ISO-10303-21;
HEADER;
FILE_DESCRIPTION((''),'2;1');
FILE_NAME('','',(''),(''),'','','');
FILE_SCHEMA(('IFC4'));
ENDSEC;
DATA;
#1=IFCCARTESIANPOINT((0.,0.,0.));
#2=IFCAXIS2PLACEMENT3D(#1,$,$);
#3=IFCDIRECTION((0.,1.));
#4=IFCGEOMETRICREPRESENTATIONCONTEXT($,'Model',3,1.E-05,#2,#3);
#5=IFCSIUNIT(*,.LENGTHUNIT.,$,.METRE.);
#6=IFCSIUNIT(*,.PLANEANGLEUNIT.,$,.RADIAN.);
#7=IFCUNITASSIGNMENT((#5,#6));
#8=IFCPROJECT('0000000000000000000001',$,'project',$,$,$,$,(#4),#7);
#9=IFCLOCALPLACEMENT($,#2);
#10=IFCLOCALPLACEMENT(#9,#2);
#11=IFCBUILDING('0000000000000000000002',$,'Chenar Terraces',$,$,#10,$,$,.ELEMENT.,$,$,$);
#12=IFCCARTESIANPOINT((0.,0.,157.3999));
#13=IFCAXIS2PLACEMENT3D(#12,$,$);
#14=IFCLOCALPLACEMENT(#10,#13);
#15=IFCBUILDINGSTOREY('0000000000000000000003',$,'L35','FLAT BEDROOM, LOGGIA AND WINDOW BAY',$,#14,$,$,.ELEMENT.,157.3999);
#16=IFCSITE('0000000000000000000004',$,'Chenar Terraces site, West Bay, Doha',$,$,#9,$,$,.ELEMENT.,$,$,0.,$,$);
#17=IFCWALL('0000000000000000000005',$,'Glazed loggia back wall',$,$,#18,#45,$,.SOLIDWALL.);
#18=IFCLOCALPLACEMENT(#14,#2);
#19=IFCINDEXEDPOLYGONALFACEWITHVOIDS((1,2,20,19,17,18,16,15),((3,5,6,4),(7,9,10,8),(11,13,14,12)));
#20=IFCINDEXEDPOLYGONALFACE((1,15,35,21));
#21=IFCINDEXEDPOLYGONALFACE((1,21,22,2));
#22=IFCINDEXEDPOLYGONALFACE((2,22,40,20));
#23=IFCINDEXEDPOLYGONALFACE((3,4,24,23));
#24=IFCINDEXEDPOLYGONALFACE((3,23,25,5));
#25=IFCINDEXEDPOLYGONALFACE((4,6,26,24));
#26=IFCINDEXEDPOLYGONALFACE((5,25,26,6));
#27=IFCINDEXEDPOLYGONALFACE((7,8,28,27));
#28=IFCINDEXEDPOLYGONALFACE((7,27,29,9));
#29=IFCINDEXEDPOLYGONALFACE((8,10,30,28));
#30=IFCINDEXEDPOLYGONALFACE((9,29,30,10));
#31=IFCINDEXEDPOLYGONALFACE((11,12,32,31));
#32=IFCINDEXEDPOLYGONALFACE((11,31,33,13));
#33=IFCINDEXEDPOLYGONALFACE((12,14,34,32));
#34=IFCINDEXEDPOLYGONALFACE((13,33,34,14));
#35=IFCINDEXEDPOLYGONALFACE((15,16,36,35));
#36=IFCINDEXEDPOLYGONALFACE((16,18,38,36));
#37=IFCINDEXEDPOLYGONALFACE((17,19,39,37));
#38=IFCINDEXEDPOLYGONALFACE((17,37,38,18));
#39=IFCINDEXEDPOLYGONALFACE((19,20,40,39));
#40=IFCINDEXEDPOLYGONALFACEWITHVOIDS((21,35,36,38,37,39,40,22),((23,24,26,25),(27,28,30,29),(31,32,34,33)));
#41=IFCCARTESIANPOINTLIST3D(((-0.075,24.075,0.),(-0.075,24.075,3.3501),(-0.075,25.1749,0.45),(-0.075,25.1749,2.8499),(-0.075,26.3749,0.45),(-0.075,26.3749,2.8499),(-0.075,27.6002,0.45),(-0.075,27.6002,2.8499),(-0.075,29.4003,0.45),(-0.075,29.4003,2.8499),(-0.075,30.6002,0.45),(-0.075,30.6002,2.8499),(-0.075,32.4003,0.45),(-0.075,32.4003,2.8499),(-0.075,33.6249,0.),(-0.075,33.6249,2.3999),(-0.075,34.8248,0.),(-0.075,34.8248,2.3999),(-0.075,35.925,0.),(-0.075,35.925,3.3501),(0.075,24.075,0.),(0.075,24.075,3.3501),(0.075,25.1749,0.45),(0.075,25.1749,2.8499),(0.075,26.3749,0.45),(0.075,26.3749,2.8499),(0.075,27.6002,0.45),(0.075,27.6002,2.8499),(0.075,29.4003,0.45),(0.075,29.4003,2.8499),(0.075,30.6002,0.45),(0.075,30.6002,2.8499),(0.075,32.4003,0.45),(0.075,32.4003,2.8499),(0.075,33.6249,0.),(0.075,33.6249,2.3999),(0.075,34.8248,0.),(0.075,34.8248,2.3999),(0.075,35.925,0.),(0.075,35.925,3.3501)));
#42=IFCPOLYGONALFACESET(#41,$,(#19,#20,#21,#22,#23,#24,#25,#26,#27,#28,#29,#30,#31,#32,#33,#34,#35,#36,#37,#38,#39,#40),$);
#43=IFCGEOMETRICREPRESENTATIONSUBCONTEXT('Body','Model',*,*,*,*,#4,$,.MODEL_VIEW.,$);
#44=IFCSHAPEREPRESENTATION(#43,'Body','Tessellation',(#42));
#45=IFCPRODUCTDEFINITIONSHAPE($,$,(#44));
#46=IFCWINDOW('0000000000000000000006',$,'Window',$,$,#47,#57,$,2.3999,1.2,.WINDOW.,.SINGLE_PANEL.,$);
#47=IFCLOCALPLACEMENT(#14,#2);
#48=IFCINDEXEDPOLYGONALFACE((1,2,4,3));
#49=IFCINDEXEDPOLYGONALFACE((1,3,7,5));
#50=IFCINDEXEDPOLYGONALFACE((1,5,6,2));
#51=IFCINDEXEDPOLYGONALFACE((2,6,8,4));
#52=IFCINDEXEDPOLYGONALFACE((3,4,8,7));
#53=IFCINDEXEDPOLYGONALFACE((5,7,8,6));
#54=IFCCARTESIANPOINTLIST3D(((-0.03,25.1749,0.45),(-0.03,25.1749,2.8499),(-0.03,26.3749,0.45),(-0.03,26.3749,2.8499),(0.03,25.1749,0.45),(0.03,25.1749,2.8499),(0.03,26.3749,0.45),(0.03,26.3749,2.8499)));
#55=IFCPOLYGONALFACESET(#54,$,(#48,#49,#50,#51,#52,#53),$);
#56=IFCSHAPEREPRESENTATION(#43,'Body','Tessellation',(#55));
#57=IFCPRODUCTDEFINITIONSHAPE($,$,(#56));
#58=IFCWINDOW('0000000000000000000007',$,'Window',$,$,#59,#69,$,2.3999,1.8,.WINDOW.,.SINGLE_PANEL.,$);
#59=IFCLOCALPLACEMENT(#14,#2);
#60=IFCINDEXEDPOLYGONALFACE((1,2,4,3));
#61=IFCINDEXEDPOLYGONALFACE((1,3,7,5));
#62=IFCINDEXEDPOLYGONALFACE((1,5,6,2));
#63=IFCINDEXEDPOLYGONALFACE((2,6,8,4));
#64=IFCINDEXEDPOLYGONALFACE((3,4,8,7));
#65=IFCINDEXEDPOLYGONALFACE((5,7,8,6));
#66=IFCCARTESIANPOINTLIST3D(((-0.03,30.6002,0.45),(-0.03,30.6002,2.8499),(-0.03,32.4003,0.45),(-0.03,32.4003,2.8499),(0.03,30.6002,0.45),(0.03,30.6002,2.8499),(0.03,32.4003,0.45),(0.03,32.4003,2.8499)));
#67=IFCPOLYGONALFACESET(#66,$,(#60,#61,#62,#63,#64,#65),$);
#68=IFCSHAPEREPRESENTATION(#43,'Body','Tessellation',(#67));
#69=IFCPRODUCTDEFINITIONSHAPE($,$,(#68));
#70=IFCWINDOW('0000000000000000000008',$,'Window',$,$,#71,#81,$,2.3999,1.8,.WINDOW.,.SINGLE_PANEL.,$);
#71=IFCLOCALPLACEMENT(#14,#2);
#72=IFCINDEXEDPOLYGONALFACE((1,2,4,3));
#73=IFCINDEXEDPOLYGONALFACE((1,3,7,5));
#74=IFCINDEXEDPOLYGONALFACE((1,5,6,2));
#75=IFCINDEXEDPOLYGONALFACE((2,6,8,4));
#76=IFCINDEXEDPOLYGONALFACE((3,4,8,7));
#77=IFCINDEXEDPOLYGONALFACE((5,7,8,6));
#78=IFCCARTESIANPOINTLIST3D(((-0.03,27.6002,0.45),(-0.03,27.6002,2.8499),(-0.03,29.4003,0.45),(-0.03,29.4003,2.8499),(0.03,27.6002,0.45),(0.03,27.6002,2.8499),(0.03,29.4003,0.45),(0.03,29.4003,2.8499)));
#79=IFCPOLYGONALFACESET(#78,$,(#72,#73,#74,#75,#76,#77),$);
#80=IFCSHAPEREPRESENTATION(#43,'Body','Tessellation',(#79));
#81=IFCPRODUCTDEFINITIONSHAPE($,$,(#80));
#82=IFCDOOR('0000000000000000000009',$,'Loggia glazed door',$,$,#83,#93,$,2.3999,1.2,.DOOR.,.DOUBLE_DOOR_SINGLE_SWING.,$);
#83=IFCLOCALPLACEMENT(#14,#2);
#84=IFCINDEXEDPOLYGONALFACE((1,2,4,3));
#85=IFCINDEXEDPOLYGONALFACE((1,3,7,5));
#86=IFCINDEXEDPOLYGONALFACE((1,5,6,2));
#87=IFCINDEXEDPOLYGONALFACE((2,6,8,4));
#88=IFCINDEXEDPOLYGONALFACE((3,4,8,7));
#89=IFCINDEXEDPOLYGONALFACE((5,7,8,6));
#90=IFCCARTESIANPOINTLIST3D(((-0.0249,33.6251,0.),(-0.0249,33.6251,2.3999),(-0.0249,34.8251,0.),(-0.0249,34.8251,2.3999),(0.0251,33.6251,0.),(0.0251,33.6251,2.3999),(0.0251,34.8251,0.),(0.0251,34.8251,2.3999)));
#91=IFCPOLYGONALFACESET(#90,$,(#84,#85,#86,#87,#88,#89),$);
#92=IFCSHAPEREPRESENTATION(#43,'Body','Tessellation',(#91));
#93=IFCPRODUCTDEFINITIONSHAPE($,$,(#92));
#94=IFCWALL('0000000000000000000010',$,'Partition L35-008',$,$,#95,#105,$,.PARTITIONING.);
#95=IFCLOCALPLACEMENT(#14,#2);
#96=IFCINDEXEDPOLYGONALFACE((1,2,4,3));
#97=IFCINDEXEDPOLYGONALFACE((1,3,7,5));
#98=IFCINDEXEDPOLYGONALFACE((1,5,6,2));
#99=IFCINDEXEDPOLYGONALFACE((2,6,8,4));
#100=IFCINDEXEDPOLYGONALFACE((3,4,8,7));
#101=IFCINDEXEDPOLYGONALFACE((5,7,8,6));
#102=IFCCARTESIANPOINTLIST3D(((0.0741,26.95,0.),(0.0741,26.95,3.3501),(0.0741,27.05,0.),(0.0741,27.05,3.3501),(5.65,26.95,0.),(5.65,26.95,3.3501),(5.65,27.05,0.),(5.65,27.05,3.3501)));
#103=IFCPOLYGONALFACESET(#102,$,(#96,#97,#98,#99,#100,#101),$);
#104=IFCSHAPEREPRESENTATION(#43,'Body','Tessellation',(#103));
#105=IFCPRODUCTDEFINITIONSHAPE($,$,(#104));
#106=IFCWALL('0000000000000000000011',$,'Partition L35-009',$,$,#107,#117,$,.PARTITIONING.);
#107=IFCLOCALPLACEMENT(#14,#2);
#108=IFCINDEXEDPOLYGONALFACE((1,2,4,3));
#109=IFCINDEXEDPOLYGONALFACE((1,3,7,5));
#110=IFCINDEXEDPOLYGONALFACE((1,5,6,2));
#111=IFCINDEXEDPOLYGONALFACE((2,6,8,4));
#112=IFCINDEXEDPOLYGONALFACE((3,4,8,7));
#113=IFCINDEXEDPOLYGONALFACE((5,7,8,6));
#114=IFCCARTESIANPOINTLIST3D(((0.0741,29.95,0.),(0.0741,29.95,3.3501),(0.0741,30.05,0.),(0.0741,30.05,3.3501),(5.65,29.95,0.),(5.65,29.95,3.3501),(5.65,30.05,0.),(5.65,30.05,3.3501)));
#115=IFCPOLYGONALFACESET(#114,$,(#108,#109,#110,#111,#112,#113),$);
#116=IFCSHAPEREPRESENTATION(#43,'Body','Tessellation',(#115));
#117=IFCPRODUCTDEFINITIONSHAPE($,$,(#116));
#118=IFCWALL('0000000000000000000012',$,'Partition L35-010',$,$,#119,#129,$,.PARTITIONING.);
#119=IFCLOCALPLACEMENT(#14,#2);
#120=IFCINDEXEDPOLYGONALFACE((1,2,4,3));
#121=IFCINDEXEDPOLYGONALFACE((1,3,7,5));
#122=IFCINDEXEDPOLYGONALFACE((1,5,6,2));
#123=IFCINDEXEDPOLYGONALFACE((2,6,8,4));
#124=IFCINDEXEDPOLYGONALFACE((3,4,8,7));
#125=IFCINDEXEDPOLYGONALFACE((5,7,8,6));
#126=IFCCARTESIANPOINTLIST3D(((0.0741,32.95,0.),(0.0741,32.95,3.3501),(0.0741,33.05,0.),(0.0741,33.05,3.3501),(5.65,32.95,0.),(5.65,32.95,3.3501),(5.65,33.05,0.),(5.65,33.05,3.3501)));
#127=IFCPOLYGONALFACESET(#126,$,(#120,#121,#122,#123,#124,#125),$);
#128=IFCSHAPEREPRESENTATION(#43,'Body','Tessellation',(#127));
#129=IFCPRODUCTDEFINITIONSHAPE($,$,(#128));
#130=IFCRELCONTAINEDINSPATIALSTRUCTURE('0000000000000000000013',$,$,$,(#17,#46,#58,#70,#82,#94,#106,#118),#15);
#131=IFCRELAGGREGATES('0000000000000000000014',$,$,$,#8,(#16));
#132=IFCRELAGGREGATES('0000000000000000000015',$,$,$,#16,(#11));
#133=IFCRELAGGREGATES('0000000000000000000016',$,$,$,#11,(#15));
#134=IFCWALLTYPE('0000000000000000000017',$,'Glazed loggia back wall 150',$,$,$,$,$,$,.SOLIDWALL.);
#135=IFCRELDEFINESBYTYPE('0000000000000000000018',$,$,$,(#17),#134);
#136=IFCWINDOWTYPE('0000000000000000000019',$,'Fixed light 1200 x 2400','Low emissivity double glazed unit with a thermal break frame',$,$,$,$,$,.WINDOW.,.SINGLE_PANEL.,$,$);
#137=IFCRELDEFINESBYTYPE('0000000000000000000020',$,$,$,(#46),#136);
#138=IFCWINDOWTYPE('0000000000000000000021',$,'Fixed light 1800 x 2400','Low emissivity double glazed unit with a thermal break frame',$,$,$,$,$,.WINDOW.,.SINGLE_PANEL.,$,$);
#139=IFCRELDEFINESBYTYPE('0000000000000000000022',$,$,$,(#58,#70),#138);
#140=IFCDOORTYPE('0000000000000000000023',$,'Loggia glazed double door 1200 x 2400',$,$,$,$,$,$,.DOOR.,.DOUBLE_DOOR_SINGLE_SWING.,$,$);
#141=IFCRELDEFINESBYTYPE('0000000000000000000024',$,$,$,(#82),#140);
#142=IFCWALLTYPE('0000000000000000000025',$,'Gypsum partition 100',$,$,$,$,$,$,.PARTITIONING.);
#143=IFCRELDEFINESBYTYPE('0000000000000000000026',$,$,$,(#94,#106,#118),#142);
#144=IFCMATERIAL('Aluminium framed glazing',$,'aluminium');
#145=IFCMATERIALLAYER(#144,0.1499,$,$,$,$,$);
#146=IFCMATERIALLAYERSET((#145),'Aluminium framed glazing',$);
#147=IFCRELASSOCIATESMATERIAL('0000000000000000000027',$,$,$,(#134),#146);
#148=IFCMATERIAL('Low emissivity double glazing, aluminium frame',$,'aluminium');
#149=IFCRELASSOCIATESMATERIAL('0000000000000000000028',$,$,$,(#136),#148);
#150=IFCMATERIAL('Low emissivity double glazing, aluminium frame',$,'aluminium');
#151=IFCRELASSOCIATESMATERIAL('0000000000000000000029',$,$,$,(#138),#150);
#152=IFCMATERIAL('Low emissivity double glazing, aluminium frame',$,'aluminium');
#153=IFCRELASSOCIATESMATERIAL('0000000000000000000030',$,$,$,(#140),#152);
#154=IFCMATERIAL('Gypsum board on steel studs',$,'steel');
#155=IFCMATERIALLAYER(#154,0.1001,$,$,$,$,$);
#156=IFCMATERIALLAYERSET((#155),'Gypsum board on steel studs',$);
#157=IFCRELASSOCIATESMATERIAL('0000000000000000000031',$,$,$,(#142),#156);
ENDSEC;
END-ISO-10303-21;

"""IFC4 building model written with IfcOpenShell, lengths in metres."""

from ifc_helpers import new_model, si_unit, direction, frame, frame_2d, origin, place, context, subcontext, project, spatial, rectangle, extrude, material, layer, layer_set, type_object, element, fill, save


model = new_model("IFC4")

# Units and contexts
model_context = context("Model", 3, precision=1e-05, world=origin(), true_north=direction((0.0, 1.0)))
body_context = subcontext(model_context, "Body", "Model", "MODEL_VIEW")
ifc_project = project(units=[si_unit("LENGTHUNIT", "METRE"), si_unit("PLANEANGLEUNIT", "RADIAN")], contexts=[model_context])

# Site, building, storey
site_placement = place(None, origin())
site = spatial("IfcSite", under=ifc_project, at=site_placement, Name="Chenar Terraces site, West Bay, Doha", CompositionType="ELEMENT", RefElevation=0.0)
building_placement = place(site_placement, origin())
building = spatial("IfcBuilding", under=site, at=building_placement, Name="Chenar Terraces", CompositionType="ELEMENT")
storey_placement = place(building_placement, frame((0.0, 0.0, 157.3999)))
storey = spatial("IfcBuildingStorey", under=building, at=storey_placement, Name="L35", Description="FLAT BEDROOM, LOGGIA AND WINDOW BAY", CompositionType="ELEMENT", Elevation=157.3999)

# Wall, openings, windows, door
ifc_material_1 = material(Name="Aluminium framed glazing", Category="aluminium")
ifc_layer_1 = layer(ifc_material_1, 0.1499)
ifc_layer_set_1 = layer_set([ifc_layer_1], Name="Aluminium framed glazing")
wall_type_1 = type_object("IfcWallType", Name="Glazed loggia back wall 150", PredefinedType="SOLIDWALL", material=ifc_layer_set_1)
wall_1_placement = place(storey_placement, frame((0.0, 35.925, 0.0), z_axis=(0.0, 0.0, 1.0), x_axis=(0.0, -1.0, 0.0)))
wall_1 = element("IfcWall", 1, at=wall_1_placement, inside=storey, type_object=wall_type_1, Name="Glazed loggia back wall", PredefinedType="SOLIDWALL", context=body_context, shape_type="SweptSolid", body=[
    extrude(rectangle(XDim=11.8501, YDim=0.1499, at=frame_2d((5.925, 0.0))), origin(), (0.0, 0.0, 1.0), 3.3501),
])
opening_1_placement = place(wall_1_placement, frame((1.1001, 0.0, 0.0)))
opening_1 = element("IfcOpeningElement", 2, at=opening_1_placement, cuts=wall_1, PredefinedType="OPENING", context=body_context, shape_type="SweptSolid", body=[
    extrude(rectangle(XDim=1.2, YDim=2.3999, at=frame_2d((0.6001, 1.2))), frame((0.0, 0.085, 0.0), z_axis=(0.0, -1.0, 0.0), x_axis=(1.0, 0.0, 0.0)), (0.0, 0.0, 1.0), 0.1699),
])
opening_2_placement = place(wall_1_placement, frame((3.5249, 0.0, 0.45)))
opening_2 = element("IfcOpeningElement", 3, at=opening_2_placement, cuts=wall_1, PredefinedType="OPENING", context=body_context, shape_type="SweptSolid", body=[
    extrude(rectangle(XDim=1.8, YDim=2.3999, at=frame_2d((0.8999, 1.2))), frame((0.0, 0.085, 0.0), z_axis=(0.0, -1.0, 0.0), x_axis=(1.0, 0.0, 0.0)), (0.0, 0.0, 1.0), 0.1699),
])
opening_3_placement = place(wall_1_placement, frame((6.5249, 0.0, 0.45)))
opening_3 = element("IfcOpeningElement", 4, at=opening_3_placement, cuts=wall_1, PredefinedType="OPENING", context=body_context, shape_type="SweptSolid", body=[
    extrude(rectangle(XDim=1.8, YDim=2.3999, at=frame_2d((0.8999, 1.2))), frame((0.0, 0.085, 0.0), z_axis=(0.0, -1.0, 0.0), x_axis=(1.0, 0.0, 0.0)), (0.0, 0.0, 1.0), 0.1699),
])
opening_4_placement = place(wall_1_placement, frame((9.55, 0.0, 0.45)))
opening_4 = element("IfcOpeningElement", 5, at=opening_4_placement, cuts=wall_1, PredefinedType="OPENING", context=body_context, shape_type="SweptSolid", body=[
    extrude(rectangle(XDim=1.2, YDim=2.3999, at=frame_2d((0.6001, 1.2))), frame((0.0, 0.085, 0.0), z_axis=(0.0, -1.0, 0.0), x_axis=(1.0, 0.0, 0.0)), (0.0, 0.0, 1.0), 0.1699),
])
ifc_material_2 = material(Name="Low emissivity double glazing, aluminium frame", Category="aluminium")
window_type_1 = type_object("IfcWindowType", Name="Fixed light 1200 x 2400", Description="Low emissivity double glazed unit with a thermal break frame", PartitioningType="SINGLE_PANEL", PredefinedType="WINDOW", material=ifc_material_2)
window_1_placement = place(opening_4_placement, origin())
window_1 = element("IfcWindow", 6, at=window_1_placement, inside=storey, type_object=window_type_1, Name="Window", OverallHeight=2.3999, OverallWidth=1.2, PartitioningType="SINGLE_PANEL", PredefinedType="WINDOW", context=body_context, shape_type="SweptSolid", body=[
    extrude(rectangle(XDim=1.2, YDim=2.3999, at=frame_2d((0.6001, 1.2))), frame((0.0, 0.03, 0.0), z_axis=(0.0, -1.0, 0.0), x_axis=(1.0, 0.0, 0.0)), (0.0, 0.0, 1.0), 0.0601),
])
fill(opening_4, window_1)
ifc_material_3 = material(Name="Low emissivity double glazing, aluminium frame", Category="aluminium")
window_type_2 = type_object("IfcWindowType", Name="Fixed light 1800 x 2400", Description="Low emissivity double glazed unit with a thermal break frame", PartitioningType="SINGLE_PANEL", PredefinedType="WINDOW", material=ifc_material_3)
window_2_placement = place(opening_2_placement, origin())
window_2 = element("IfcWindow", 7, at=window_2_placement, inside=storey, type_object=window_type_2, Name="Window", OverallHeight=2.3999, OverallWidth=1.8, PartitioningType="SINGLE_PANEL", PredefinedType="WINDOW", context=body_context, shape_type="SweptSolid", body=[
    extrude(rectangle(XDim=1.8, YDim=2.3999, at=frame_2d((0.8999, 1.2))), frame((0.0, 0.03, 0.0), z_axis=(0.0, -1.0, 0.0), x_axis=(1.0, 0.0, 0.0)), (0.0, 0.0, 1.0), 0.0601),
])
fill(opening_2, window_2)
window_3_placement = place(opening_3_placement, origin())
window_3 = element("IfcWindow", 8, at=window_3_placement, inside=storey, type_object=window_type_2, Name="Window", OverallHeight=2.3999, OverallWidth=1.8, PartitioningType="SINGLE_PANEL", PredefinedType="WINDOW", context=body_context, shape_type="SweptSolid", body=[
    extrude(rectangle(XDim=1.8, YDim=2.3999, at=frame_2d((0.8999, 1.2))), frame((0.0, 0.03, 0.0), z_axis=(0.0, -1.0, 0.0), x_axis=(1.0, 0.0, 0.0)), (0.0, 0.0, 1.0), 0.0601),
])
fill(opening_3, window_3)
ifc_material_4 = material(Name="Low emissivity double glazing, aluminium frame", Category="aluminium")
door_type_1 = type_object("IfcDoorType", Name="Loggia glazed double door 1200 x 2400", OperationType="DOUBLE_DOOR_SINGLE_SWING", PredefinedType="DOOR", material=ifc_material_4)
door_1_placement = place(opening_1_placement, frame((1.2, 0.0, 0.0), z_axis=(0.0, 0.0, 1.0), x_axis=(-1.0, 0.0, 0.0)))
door_1 = element("IfcDoor", 9, at=door_1_placement, inside=storey, type_object=door_type_1, Name="Loggia glazed door", OperationType="DOUBLE_DOOR_SINGLE_SWING", OverallHeight=2.3999, OverallWidth=1.2, PredefinedType="DOOR", context=body_context, shape_type="SweptSolid", body=[
    extrude(rectangle(XDim=1.2, YDim=2.3999, at=frame_2d((0.6001, 1.2))), frame((0.0, 0.0249, 0.0), z_axis=(0.0, -1.0, 0.0), x_axis=(1.0, 0.0, 0.0)), (0.0, 0.0, 1.0), 0.05),
])
fill(opening_1, door_1)

# Walls
ifc_material_5 = material(Name="Gypsum board on steel studs", Category="steel")
ifc_layer_2 = layer(ifc_material_5, 0.1001)
ifc_layer_set_2 = layer_set([ifc_layer_2], Name="Gypsum board on steel studs")
wall_type_2 = type_object("IfcWallType", Name="Gypsum partition 100", PredefinedType="PARTITIONING", material=ifc_layer_set_2)
for number, where, z_axis, x_axis, name in (
    (10, (0.074, 27.0, 0.0), (0.0, 0.0, 1.0), (1.0, 0.0, 0.0), "Partition L35-008"),
    (11, (0.074, 30.0, 0.0), (0.0, 0.0, 1.0), (1.0, 0.0, 0.0), "Partition L35-009"),
    (12, (0.074, 33.0, 0.0), (0.0, 0.0, 1.0), (1.0, 0.0, 0.0), "Partition L35-010"),
):
    element("IfcWall", number, at=place(storey_placement, frame(where, z_axis=z_axis, x_axis=x_axis)), inside=storey, type_object=wall_type_2, Name=name, PredefinedType="PARTITIONING", context=body_context, shape_type="SweptSolid", body=[
        extrude(rectangle(XDim=5.5759, YDim=0.1001, at=frame_2d((2.7881, 0.0))), origin(), (0.0, 0.0, 1.0), 3.3501),
    ])

save(model, "model.ifc")
